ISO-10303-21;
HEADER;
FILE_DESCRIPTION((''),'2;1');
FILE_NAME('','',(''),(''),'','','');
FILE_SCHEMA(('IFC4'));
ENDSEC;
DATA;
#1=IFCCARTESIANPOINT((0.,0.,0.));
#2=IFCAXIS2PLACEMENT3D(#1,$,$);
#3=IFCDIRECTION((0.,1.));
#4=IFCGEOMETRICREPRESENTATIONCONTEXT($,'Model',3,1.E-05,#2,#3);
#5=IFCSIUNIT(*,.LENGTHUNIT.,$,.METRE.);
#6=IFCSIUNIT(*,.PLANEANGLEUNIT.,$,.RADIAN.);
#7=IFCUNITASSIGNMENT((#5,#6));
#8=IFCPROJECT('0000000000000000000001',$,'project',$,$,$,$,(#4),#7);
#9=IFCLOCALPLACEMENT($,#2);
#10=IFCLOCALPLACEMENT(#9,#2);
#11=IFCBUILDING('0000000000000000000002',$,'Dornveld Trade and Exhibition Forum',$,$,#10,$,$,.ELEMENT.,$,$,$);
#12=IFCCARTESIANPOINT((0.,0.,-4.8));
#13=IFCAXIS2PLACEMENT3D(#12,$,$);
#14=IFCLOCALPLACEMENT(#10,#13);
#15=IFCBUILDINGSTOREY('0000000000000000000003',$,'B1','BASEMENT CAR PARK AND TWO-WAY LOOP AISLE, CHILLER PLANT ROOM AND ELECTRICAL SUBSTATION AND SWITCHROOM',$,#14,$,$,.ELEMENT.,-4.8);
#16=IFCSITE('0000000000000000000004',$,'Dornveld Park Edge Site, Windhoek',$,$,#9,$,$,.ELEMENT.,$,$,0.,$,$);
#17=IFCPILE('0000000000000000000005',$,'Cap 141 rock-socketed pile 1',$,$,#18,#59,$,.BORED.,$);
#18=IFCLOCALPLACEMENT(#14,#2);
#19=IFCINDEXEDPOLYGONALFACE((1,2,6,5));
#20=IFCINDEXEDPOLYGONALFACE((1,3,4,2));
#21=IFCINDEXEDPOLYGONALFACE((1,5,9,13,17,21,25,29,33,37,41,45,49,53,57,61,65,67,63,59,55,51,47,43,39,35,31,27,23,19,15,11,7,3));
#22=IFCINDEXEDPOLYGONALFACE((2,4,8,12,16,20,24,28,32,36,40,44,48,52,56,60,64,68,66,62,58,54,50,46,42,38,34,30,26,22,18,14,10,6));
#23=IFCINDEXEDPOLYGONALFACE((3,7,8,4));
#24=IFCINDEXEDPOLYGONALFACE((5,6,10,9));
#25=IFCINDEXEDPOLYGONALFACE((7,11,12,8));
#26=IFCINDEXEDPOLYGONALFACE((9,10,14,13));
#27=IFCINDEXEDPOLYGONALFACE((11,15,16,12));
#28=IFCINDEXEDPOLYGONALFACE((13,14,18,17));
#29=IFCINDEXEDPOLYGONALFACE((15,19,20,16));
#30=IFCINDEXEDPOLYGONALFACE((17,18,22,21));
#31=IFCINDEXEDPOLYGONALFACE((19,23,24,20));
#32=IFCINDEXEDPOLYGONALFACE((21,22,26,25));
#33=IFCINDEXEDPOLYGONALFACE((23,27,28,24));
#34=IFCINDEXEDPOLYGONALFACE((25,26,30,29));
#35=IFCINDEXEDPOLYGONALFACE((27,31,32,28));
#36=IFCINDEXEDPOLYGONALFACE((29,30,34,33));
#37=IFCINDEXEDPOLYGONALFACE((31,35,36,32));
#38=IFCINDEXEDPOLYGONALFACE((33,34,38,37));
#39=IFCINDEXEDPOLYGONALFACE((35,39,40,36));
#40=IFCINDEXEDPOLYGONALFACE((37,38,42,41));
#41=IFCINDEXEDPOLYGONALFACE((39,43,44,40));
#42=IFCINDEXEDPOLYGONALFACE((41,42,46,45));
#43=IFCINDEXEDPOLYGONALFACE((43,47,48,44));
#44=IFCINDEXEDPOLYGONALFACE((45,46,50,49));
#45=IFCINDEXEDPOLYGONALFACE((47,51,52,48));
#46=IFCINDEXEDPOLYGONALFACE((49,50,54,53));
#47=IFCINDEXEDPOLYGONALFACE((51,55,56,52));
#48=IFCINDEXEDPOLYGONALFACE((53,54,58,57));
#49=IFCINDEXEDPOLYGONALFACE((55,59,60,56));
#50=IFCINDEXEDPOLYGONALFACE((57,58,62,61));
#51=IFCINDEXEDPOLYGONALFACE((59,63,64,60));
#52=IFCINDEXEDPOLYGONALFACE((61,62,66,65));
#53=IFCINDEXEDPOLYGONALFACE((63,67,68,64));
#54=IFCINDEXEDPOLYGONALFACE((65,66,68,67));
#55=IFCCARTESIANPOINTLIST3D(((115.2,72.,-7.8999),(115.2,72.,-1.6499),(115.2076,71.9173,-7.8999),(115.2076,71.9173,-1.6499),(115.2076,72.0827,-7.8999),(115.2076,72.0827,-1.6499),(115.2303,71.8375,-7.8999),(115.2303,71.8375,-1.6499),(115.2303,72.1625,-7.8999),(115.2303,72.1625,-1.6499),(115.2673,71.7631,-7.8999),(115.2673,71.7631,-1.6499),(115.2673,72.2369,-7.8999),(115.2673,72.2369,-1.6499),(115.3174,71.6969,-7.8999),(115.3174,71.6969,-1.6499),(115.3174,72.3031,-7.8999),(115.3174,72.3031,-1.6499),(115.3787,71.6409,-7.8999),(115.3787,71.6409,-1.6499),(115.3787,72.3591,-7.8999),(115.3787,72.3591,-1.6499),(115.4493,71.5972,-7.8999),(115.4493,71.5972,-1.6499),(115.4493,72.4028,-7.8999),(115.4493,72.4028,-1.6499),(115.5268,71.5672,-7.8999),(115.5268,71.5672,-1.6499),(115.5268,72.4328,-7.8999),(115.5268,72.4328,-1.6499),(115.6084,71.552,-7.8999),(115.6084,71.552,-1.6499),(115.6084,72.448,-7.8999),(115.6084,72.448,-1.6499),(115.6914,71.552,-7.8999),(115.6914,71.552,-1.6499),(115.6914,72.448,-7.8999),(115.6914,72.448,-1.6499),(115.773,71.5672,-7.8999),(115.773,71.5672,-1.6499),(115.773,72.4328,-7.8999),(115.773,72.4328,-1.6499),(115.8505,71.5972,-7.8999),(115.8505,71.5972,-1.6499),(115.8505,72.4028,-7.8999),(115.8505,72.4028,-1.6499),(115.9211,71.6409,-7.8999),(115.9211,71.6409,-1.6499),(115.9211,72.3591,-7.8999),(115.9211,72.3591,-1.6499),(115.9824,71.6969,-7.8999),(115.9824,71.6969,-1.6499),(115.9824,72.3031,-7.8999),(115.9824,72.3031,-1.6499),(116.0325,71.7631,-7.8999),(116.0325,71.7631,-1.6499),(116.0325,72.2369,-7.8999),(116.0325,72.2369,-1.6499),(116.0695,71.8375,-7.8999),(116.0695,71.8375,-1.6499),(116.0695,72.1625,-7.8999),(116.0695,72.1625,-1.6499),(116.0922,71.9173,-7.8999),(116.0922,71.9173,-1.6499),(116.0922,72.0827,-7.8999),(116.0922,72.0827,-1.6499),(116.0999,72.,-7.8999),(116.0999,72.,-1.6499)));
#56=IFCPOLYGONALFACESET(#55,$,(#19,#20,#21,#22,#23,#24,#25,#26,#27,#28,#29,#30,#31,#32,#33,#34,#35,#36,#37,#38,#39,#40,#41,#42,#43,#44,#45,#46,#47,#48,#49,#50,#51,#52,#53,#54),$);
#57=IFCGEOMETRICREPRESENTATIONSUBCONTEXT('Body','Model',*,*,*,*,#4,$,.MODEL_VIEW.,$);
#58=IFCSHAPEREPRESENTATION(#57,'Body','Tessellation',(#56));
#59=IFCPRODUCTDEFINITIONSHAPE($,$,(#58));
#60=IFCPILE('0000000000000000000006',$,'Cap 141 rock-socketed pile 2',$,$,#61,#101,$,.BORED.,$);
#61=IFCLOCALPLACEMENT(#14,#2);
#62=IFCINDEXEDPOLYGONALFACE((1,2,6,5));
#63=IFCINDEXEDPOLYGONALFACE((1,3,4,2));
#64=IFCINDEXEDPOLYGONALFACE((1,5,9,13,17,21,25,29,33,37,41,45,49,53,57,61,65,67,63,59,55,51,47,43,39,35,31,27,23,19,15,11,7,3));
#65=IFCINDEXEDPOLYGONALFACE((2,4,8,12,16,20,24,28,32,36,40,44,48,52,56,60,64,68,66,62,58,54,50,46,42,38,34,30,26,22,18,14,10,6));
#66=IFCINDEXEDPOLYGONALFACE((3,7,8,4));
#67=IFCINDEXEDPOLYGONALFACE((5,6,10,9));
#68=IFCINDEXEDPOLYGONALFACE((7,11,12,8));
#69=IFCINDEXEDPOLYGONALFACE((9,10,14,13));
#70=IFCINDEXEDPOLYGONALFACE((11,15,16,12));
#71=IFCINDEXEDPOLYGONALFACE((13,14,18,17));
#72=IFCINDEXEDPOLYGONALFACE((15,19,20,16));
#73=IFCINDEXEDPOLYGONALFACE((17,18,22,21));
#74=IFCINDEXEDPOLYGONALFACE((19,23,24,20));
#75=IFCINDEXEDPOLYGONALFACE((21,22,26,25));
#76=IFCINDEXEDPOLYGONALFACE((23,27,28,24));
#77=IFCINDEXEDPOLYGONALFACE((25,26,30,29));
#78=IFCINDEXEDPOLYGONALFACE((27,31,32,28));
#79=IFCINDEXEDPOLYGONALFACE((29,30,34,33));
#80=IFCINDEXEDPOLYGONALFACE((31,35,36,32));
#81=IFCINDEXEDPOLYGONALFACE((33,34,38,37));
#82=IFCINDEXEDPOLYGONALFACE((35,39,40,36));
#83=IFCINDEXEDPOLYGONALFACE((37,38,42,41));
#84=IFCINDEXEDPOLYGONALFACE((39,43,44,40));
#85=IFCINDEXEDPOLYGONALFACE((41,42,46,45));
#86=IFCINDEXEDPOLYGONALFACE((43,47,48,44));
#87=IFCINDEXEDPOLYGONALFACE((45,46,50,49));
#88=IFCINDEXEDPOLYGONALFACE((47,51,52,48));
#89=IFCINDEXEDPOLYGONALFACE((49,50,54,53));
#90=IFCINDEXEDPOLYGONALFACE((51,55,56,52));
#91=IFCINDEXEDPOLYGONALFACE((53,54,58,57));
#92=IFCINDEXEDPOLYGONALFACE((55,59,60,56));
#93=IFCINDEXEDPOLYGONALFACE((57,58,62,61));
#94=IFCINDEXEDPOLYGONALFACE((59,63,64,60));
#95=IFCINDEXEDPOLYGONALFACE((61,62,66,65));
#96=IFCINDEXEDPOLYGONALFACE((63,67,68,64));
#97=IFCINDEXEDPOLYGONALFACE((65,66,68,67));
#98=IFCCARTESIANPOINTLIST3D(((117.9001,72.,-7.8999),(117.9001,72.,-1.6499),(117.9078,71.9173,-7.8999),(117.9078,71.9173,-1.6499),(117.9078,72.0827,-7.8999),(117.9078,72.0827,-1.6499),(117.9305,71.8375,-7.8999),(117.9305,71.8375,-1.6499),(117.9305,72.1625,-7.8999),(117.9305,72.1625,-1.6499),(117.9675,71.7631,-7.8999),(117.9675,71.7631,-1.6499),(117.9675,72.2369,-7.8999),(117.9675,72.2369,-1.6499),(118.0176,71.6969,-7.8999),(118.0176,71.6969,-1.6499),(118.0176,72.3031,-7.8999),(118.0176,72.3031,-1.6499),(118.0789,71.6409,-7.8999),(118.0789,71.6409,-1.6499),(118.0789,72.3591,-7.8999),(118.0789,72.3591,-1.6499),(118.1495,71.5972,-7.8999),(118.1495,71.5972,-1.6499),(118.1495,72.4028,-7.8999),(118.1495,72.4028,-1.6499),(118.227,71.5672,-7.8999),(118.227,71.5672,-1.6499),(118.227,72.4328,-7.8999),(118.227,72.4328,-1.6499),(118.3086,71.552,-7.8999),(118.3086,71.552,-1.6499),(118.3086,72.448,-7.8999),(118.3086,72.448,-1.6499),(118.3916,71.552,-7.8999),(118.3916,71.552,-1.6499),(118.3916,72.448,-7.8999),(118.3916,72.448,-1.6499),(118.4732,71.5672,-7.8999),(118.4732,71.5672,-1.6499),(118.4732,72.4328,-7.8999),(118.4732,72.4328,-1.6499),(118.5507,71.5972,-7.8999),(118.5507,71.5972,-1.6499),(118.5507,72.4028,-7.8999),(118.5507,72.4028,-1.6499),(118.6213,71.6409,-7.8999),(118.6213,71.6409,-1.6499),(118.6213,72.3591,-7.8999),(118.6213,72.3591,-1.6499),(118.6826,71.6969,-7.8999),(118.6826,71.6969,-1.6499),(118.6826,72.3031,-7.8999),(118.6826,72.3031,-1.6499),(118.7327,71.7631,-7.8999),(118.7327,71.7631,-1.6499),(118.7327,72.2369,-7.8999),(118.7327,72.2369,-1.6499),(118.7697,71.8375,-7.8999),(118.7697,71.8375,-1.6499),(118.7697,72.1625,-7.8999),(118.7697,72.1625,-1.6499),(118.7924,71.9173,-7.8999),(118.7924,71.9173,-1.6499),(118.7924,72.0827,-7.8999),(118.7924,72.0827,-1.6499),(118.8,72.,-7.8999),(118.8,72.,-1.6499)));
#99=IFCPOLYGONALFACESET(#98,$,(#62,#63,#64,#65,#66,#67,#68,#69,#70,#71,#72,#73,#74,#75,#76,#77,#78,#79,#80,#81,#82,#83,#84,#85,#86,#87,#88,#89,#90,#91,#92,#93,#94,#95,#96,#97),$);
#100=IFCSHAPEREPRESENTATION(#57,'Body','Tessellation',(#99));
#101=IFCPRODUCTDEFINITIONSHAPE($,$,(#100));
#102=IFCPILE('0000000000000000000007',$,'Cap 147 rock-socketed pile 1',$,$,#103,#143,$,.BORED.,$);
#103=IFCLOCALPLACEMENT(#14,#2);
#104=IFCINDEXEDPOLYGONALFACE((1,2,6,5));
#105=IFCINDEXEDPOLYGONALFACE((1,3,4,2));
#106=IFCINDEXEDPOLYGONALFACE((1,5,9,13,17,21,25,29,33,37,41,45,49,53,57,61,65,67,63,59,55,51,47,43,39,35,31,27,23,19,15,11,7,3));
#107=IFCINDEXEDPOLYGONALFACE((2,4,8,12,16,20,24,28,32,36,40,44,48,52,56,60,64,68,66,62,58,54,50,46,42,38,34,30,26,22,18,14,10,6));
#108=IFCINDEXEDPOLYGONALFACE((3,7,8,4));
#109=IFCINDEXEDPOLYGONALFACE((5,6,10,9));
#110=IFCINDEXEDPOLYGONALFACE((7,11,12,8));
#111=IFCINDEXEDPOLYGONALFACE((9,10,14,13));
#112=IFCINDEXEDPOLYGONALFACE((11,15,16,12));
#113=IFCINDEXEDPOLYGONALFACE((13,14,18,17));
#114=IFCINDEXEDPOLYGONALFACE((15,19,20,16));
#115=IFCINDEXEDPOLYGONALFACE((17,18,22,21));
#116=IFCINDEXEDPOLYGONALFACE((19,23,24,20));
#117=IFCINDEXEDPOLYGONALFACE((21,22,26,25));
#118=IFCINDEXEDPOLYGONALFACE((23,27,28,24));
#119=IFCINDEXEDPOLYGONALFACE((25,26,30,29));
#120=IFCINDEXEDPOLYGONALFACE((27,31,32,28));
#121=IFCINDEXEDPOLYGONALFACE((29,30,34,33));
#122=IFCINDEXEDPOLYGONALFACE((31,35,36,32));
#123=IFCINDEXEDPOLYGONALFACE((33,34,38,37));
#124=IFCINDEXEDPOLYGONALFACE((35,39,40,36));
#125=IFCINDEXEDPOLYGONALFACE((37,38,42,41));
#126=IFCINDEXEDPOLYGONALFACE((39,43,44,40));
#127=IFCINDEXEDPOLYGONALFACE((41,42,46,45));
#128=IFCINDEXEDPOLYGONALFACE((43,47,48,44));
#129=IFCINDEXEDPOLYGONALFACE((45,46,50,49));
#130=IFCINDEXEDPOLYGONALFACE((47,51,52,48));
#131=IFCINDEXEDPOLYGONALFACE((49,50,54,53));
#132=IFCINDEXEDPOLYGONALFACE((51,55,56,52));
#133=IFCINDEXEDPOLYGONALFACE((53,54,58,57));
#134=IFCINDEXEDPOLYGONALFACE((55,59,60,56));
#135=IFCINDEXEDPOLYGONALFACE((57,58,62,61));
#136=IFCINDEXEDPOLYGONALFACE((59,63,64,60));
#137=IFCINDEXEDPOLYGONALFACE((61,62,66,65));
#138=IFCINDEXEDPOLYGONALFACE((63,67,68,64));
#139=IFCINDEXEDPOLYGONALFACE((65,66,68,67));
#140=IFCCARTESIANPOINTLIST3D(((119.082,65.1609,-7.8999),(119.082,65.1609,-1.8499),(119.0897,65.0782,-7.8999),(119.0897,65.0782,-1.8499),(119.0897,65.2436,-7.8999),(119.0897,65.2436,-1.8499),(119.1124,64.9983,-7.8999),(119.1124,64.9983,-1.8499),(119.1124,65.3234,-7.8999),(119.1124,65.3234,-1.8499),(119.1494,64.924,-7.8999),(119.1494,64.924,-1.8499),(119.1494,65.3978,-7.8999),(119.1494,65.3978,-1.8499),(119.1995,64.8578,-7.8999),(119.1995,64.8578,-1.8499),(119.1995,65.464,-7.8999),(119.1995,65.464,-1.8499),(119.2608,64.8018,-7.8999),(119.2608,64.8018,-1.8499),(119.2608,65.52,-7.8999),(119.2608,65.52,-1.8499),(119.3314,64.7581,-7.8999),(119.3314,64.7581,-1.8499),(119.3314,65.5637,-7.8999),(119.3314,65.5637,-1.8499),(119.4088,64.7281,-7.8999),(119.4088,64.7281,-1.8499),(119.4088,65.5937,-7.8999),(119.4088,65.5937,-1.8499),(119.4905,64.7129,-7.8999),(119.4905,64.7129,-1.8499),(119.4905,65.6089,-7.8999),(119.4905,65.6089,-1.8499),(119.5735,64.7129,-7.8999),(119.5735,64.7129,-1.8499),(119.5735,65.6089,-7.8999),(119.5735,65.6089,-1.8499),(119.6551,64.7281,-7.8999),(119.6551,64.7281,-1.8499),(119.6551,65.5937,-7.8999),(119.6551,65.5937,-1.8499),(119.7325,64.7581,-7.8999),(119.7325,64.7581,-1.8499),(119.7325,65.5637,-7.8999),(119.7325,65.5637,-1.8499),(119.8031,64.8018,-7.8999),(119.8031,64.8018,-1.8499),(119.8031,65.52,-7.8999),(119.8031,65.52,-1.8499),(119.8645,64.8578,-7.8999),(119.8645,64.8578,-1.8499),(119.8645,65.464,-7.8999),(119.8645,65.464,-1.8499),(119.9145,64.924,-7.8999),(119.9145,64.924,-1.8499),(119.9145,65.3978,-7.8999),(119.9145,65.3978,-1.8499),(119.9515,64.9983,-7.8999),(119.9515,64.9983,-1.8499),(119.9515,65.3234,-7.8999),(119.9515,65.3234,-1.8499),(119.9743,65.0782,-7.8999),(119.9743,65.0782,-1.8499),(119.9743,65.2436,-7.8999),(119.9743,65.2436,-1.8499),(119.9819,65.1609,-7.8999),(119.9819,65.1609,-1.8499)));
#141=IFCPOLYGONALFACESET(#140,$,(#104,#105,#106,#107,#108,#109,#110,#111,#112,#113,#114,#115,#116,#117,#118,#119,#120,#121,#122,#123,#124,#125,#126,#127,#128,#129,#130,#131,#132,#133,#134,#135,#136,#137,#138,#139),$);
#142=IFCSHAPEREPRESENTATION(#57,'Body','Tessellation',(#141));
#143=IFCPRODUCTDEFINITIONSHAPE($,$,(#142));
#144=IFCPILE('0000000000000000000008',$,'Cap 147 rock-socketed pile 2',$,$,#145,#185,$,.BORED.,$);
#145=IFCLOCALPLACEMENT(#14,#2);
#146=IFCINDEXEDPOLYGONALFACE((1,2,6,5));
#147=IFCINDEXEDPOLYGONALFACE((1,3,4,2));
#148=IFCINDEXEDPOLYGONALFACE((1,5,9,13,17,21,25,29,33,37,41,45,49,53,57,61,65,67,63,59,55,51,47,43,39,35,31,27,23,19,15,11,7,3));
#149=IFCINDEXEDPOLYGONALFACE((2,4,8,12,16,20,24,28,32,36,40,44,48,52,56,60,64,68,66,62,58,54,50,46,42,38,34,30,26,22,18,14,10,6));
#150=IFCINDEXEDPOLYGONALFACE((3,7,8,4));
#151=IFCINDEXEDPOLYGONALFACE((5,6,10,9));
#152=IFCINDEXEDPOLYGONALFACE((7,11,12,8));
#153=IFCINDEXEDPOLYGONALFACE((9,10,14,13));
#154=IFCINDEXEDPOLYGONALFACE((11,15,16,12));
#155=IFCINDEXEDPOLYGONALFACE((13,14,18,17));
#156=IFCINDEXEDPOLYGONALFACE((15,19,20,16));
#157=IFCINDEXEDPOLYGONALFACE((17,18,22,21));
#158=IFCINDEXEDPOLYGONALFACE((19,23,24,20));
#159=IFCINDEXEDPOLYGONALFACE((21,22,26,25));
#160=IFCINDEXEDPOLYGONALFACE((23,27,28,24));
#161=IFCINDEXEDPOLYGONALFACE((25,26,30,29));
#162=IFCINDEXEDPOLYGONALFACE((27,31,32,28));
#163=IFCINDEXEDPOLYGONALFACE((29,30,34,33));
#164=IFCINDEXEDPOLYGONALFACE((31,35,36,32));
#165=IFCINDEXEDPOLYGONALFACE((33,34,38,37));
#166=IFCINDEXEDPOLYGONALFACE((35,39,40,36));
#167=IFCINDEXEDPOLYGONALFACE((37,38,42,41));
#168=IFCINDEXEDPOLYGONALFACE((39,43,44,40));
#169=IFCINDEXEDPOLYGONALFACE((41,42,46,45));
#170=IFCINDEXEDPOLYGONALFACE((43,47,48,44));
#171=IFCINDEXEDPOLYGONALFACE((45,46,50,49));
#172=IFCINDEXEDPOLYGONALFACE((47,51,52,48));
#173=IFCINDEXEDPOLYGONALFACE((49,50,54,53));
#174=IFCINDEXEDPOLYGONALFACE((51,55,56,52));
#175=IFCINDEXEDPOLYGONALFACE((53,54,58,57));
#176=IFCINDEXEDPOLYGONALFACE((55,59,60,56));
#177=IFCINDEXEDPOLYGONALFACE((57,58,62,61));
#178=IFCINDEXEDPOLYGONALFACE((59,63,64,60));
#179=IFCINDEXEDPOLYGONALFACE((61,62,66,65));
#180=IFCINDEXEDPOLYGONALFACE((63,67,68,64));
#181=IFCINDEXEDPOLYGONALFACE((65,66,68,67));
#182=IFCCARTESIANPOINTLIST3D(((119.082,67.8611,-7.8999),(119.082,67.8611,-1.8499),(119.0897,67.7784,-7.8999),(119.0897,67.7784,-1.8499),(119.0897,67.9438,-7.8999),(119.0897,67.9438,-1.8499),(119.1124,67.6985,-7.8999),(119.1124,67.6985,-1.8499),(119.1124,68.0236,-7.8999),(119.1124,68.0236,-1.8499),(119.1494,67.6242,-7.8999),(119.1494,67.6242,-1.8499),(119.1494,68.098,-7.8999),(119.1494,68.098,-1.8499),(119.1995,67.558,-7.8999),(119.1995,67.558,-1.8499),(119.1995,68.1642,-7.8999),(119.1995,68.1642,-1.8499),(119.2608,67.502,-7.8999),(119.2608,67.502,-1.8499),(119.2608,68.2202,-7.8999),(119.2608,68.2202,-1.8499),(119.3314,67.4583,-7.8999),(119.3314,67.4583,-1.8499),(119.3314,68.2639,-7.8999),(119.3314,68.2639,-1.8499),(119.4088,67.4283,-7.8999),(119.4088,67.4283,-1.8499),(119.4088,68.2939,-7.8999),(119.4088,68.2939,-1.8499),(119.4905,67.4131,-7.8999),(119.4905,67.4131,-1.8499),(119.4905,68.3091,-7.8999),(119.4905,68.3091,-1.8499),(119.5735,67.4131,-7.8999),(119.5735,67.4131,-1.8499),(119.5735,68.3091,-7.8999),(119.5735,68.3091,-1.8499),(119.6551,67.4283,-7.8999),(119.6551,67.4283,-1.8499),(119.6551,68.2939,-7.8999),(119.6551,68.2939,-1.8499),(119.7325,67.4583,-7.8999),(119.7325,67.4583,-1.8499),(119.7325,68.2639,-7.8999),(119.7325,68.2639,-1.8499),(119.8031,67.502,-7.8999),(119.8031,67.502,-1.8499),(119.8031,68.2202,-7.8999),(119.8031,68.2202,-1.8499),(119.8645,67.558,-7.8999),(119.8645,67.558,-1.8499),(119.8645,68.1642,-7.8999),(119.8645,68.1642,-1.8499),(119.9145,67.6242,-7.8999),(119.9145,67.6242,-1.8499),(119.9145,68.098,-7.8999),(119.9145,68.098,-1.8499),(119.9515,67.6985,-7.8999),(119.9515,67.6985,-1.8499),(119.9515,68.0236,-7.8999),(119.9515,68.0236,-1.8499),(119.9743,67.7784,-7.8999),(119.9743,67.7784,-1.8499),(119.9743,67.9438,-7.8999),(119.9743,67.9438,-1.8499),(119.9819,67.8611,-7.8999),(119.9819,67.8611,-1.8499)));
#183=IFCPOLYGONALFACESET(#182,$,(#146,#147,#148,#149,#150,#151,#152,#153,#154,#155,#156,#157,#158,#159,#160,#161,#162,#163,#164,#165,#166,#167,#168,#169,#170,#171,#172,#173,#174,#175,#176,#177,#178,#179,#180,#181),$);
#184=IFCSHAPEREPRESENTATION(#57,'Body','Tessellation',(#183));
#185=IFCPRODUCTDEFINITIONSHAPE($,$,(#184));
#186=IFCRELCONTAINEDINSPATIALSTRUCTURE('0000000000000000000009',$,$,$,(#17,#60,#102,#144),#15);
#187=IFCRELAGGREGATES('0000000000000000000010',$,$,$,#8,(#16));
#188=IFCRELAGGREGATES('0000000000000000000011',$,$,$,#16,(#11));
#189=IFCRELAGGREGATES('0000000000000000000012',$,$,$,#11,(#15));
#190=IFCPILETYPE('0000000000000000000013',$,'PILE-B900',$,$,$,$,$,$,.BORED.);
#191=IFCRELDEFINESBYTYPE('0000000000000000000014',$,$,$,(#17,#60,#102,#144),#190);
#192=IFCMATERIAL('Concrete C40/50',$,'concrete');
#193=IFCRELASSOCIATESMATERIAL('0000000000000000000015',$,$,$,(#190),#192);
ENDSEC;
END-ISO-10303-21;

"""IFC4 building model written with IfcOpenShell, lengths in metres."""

from ifc_helpers import new_model, si_unit, direction, frame, origin, origin_2d, place, context, subcontext, project, spatial, circle, extrude, material, material_profile, profile_set, type_object, element, save


model = new_model("IFC4")

# Units and contexts
model_context = context("Model", 3, precision=1e-05, world=origin(), true_north=direction((0.0, 1.0)))
body_context = subcontext(model_context, "Body", "Model", "MODEL_VIEW")
ifc_project = project(units=[si_unit("LENGTHUNIT", "METRE"), si_unit("PLANEANGLEUNIT", "RADIAN")], contexts=[model_context])

# Site, building, storey
site_placement = place(None, origin())
site = spatial("IfcSite", under=ifc_project, at=site_placement, Name="Dornveld Park Edge Site, Windhoek", CompositionType="ELEMENT", RefElevation=0.0)
building_placement = place(site_placement, origin())
building = spatial("IfcBuilding", under=site, at=building_placement, Name="Dornveld Trade and Exhibition Forum", CompositionType="ELEMENT")
storey_placement = place(building_placement, frame((0.0, 0.0, -4.8)))
storey = spatial("IfcBuildingStorey", under=building, at=storey_placement, Name="B1", Description="BASEMENT CAR PARK AND TWO-WAY LOOP AISLE, CHILLER PLANT ROOM AND ELECTRICAL SUBSTATION AND SWITCHROOM", CompositionType="ELEMENT", Elevation=-4.8)

# Piles
ifc_material_1 = material(Name="Concrete C40/50", Category="concrete")
ifc_material_profile_1 = material_profile(ifc_material_1, circle(Radius=0.45, at=origin_2d()), Name="PILE D900")
ifc_profile_set_1 = profile_set([ifc_material_profile_1], Name="Concrete C40/50")
pile_type = type_object("IfcPileType", Name="PILE-B900", PredefinedType="BORED", material=ifc_profile_set_1)
for number, where, z_axis, x_axis, name in (
    (1, (115.6499, 72.0, -1.6499), (0.0, 0.0, -1.0), (1.0, 0.0, 0.0), "Cap 141 rock-socketed pile 1"),
    (2, (118.3501, 72.0, -1.6499), (0.0, 0.0, -1.0), (1.0, 0.0, 0.0), "Cap 141 rock-socketed pile 2"),
):
    element("IfcPile", number, at=place(storey_placement, frame(where, z_axis=z_axis, x_axis=x_axis)), inside=storey, type_object=pile_type, Name=name, PredefinedType="BORED", context=body_context, shape_type="SweptSolid", body=[
        extrude(circle(Radius=0.45, at=origin_2d()), origin(), (0.0, 0.0, 1.0), 6.25),
    ])
for number, where, z_axis, x_axis, name in (
    (3, (119.532, 65.1609, -1.8499), (0.0, 0.0, -1.0), (1.0, 0.0, 0.0), "Cap 147 rock-socketed pile 1"),
    (4, (119.532, 67.8611, -1.8499), (0.0, 0.0, -1.0), (1.0, 0.0, 0.0), "Cap 147 rock-socketed pile 2"),
):
    element("IfcPile", number, at=place(storey_placement, frame(where, z_axis=z_axis, x_axis=x_axis)), inside=storey, type_object=pile_type, Name=name, PredefinedType="BORED", context=body_context, shape_type="SweptSolid", body=[
        extrude(circle(Radius=0.45, at=origin_2d()), origin(), (0.0, 0.0, 1.0), 6.05),
    ])

save(model, "model.ifc")
